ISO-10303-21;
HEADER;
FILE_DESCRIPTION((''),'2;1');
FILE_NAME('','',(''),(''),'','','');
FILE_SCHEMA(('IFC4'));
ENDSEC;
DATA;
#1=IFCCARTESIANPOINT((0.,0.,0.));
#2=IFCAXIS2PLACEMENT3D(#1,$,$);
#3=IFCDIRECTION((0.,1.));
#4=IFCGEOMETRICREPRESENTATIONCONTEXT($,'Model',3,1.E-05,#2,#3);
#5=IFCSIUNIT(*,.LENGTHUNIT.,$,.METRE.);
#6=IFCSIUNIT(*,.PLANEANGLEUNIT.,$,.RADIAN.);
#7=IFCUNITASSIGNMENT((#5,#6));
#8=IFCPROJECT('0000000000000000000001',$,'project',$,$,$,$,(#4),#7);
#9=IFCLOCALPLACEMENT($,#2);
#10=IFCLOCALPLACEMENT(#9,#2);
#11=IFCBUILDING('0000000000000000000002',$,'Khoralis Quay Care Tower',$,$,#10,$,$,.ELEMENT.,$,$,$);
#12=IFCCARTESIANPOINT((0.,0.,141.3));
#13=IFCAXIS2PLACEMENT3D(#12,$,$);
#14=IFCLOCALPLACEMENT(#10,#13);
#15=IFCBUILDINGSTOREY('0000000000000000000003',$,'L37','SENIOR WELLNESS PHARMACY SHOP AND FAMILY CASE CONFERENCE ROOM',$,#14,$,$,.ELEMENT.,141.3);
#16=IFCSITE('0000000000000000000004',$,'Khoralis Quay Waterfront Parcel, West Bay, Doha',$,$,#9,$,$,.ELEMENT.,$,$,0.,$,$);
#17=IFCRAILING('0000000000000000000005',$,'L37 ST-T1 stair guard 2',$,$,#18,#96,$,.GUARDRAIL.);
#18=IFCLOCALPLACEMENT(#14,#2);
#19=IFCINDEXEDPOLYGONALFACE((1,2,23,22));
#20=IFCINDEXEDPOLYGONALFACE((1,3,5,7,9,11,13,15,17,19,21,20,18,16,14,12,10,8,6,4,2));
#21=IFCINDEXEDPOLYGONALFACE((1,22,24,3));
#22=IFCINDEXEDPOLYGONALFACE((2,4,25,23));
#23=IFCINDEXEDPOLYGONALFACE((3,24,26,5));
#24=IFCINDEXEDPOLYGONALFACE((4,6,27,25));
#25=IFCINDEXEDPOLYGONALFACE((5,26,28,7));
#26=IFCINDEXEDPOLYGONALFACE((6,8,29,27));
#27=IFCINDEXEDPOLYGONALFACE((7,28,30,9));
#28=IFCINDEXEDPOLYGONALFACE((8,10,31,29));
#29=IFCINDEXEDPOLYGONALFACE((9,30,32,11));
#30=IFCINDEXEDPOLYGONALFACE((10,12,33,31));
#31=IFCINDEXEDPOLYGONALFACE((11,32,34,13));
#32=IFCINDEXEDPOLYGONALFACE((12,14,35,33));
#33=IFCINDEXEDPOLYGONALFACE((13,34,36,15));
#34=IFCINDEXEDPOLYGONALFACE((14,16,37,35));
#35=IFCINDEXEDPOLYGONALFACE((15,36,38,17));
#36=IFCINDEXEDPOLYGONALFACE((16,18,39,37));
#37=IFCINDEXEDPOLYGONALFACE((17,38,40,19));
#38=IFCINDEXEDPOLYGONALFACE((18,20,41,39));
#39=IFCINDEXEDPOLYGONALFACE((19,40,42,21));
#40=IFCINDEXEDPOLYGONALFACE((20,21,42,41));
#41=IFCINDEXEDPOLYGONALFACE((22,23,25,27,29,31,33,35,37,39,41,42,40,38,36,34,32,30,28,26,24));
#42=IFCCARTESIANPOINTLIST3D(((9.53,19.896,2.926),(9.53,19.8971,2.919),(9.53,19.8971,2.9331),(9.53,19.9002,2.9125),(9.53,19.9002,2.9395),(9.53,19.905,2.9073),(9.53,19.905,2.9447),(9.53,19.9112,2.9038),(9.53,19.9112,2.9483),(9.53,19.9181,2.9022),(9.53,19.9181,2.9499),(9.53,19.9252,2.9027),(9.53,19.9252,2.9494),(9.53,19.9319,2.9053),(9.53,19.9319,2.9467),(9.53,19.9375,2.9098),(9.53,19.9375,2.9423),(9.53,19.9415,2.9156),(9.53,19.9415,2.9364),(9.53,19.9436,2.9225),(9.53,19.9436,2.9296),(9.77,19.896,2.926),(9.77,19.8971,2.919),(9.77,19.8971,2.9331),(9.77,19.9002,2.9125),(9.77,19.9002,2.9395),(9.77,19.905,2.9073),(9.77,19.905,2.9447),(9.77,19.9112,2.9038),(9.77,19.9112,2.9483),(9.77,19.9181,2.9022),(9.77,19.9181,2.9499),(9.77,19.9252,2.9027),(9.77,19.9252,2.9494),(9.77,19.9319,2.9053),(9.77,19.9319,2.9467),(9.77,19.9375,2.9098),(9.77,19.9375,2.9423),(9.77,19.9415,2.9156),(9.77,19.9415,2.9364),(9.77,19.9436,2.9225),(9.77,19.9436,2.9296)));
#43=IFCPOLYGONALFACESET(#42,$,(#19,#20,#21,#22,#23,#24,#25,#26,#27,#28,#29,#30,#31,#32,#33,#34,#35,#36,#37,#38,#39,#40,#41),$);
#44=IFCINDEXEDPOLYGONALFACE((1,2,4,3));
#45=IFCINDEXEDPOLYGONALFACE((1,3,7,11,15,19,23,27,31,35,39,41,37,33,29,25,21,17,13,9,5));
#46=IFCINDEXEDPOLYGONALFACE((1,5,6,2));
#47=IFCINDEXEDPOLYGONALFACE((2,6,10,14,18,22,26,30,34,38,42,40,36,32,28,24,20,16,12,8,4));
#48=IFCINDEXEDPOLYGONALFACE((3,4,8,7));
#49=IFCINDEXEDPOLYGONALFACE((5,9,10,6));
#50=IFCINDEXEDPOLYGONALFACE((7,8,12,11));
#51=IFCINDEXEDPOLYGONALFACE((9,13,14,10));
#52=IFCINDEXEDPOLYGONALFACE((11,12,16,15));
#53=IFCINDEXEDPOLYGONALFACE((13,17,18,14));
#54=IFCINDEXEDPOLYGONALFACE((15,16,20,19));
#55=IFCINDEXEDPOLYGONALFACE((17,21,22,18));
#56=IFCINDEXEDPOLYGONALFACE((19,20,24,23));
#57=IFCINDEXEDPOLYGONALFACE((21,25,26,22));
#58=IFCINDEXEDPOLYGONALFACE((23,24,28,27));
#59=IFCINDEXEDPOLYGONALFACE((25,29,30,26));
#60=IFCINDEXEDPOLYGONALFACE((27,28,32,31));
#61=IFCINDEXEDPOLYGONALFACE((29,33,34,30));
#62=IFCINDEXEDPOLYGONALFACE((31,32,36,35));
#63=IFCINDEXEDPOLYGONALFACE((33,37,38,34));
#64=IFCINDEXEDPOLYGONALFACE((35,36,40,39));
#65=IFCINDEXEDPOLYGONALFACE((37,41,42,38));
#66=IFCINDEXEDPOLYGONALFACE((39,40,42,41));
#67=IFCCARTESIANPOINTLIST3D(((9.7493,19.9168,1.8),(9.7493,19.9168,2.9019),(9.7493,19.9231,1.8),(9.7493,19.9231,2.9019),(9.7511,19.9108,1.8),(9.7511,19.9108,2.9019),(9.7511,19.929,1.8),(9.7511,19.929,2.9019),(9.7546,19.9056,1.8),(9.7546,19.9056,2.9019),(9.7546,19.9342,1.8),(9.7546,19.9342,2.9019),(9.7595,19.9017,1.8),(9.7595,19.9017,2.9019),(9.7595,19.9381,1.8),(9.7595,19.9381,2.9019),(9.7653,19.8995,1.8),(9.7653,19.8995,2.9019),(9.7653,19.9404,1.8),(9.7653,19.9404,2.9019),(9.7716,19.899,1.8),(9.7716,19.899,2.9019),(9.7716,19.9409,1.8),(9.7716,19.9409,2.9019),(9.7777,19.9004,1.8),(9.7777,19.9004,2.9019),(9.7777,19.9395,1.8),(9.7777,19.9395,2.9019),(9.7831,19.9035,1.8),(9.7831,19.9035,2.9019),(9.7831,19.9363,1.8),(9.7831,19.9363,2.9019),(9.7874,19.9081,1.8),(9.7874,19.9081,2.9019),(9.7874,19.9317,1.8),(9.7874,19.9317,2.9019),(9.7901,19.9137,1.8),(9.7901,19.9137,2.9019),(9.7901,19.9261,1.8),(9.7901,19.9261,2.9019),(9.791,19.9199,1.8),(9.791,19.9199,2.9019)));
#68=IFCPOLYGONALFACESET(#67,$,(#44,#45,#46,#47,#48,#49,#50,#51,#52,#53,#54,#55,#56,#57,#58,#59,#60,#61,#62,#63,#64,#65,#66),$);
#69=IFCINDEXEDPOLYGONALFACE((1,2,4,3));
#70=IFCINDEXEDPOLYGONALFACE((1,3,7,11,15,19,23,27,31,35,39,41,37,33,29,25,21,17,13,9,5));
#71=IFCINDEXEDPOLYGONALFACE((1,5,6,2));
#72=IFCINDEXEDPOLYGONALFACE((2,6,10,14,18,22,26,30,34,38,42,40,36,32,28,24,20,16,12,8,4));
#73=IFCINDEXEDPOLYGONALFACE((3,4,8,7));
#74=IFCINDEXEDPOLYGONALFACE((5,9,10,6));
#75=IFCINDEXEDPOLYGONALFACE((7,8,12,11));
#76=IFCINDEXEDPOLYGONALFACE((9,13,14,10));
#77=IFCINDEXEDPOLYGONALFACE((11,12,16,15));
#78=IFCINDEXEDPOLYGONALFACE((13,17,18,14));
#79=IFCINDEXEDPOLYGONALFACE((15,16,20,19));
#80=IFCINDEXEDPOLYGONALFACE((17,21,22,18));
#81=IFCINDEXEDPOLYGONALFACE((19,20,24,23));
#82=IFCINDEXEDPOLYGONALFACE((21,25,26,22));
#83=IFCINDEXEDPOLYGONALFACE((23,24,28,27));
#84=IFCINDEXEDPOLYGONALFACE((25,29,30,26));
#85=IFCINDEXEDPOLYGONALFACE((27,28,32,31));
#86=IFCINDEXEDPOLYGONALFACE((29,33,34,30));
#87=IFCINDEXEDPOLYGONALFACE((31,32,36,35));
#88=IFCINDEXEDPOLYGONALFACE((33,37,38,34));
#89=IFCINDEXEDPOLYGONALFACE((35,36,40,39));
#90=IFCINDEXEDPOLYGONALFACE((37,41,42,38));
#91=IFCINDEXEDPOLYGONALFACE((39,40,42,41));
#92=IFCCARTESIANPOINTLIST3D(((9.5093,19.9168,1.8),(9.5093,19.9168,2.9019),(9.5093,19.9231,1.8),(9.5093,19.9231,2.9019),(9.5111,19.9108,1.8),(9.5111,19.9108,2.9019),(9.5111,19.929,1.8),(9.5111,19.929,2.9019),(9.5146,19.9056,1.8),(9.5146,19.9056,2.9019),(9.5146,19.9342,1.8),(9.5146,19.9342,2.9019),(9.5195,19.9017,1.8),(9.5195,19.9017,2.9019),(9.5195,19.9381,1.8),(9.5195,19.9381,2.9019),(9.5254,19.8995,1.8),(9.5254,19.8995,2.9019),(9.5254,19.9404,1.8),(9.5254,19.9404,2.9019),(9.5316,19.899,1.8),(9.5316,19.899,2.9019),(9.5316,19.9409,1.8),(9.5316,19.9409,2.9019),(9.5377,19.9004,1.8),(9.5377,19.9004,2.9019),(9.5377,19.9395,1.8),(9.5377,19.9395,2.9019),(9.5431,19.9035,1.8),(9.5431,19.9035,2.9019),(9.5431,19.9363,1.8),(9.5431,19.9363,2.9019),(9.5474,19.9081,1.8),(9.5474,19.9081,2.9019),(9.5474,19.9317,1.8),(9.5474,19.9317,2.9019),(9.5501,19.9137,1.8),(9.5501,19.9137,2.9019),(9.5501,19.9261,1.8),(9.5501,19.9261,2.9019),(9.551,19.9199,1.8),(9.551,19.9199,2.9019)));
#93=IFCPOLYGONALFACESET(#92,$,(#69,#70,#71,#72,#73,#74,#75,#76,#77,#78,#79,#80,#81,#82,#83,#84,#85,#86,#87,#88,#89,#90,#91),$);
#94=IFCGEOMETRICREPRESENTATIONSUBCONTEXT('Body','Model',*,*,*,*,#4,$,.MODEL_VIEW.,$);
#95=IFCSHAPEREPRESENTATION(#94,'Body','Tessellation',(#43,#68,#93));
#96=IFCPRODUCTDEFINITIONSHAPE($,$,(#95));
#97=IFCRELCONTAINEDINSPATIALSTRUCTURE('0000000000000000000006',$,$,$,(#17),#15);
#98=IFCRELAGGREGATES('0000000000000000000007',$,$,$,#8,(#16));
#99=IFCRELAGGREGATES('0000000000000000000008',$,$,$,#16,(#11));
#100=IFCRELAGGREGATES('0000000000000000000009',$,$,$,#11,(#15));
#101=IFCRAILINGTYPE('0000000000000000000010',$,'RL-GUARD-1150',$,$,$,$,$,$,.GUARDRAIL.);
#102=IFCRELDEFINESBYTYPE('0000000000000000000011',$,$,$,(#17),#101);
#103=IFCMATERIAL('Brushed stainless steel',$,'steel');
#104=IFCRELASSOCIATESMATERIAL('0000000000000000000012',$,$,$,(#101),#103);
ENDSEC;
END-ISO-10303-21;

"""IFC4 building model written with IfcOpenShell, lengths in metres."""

from ifc_helpers import new_model, si_unit, direction, frame, origin, origin_2d, place, context, subcontext, project, spatial, circle, extrude, material, type_object, element, save


model = new_model("IFC4")

# Units and contexts
model_context = context("Model", 3, precision=1e-05, world=origin(), true_north=direction((0.0, 1.0)))
body_context = subcontext(model_context, "Body", "Model", "MODEL_VIEW")
ifc_project = project(units=[si_unit("LENGTHUNIT", "METRE"), si_unit("PLANEANGLEUNIT", "RADIAN")], contexts=[model_context])

# Site, building, storey
site_placement = place(None, origin())
site = spatial("IfcSite", under=ifc_project, at=site_placement, Name="Khoralis Quay Waterfront Parcel, West Bay, Doha", CompositionType="ELEMENT", RefElevation=0.0)
building_placement = place(site_placement, origin())
building = spatial("IfcBuilding", under=site, at=building_placement, Name="Khoralis Quay Care Tower", CompositionType="ELEMENT")
storey_placement = place(building_placement, frame((0.0, 0.0, 141.3)))
storey = spatial("IfcBuildingStorey", under=building, at=storey_placement, Name="L37", Description="SENIOR WELLNESS PHARMACY SHOP AND FAMILY CASE CONFERENCE ROOM", CompositionType="ELEMENT", Elevation=141.3)

# Shared definitions
ifc_material_1 = material(Name="Brushed stainless steel", Category="steel")

# Railing
railing_type_1 = type_object("IfcRailingType", Name="RL-GUARD-1150", PredefinedType="GUARDRAIL", material=ifc_material_1)
railing_1_placement = place(storey_placement, frame((9.77, 19.9199, 1.8)))
element("IfcRailing", 1, at=railing_1_placement, inside=storey, type_object=railing_type_1, Name="L37 ST-T1 stair guard 2", PredefinedType="GUARDRAIL", context=body_context, shape_type="SweptSolid", body=[
    extrude(circle(Radius=0.0239, at=origin_2d()), frame((0.0, 0.0, 1.126), z_axis=(-1.0, 0.0, 0.0), x_axis=(0.0, -1.0, 0.0)), (0.0, 0.0, 1.0), 0.24),
    extrude(circle(Radius=0.021, at=origin_2d()), origin(), (0.0, 0.0, 1.0), 1.1018),
    extrude(circle(Radius=0.021, at=origin_2d()), frame((-0.24, 0.0, 0.0)), (0.0, 0.0, 1.0), 1.1018),
])

save(model, "model.ifc")
